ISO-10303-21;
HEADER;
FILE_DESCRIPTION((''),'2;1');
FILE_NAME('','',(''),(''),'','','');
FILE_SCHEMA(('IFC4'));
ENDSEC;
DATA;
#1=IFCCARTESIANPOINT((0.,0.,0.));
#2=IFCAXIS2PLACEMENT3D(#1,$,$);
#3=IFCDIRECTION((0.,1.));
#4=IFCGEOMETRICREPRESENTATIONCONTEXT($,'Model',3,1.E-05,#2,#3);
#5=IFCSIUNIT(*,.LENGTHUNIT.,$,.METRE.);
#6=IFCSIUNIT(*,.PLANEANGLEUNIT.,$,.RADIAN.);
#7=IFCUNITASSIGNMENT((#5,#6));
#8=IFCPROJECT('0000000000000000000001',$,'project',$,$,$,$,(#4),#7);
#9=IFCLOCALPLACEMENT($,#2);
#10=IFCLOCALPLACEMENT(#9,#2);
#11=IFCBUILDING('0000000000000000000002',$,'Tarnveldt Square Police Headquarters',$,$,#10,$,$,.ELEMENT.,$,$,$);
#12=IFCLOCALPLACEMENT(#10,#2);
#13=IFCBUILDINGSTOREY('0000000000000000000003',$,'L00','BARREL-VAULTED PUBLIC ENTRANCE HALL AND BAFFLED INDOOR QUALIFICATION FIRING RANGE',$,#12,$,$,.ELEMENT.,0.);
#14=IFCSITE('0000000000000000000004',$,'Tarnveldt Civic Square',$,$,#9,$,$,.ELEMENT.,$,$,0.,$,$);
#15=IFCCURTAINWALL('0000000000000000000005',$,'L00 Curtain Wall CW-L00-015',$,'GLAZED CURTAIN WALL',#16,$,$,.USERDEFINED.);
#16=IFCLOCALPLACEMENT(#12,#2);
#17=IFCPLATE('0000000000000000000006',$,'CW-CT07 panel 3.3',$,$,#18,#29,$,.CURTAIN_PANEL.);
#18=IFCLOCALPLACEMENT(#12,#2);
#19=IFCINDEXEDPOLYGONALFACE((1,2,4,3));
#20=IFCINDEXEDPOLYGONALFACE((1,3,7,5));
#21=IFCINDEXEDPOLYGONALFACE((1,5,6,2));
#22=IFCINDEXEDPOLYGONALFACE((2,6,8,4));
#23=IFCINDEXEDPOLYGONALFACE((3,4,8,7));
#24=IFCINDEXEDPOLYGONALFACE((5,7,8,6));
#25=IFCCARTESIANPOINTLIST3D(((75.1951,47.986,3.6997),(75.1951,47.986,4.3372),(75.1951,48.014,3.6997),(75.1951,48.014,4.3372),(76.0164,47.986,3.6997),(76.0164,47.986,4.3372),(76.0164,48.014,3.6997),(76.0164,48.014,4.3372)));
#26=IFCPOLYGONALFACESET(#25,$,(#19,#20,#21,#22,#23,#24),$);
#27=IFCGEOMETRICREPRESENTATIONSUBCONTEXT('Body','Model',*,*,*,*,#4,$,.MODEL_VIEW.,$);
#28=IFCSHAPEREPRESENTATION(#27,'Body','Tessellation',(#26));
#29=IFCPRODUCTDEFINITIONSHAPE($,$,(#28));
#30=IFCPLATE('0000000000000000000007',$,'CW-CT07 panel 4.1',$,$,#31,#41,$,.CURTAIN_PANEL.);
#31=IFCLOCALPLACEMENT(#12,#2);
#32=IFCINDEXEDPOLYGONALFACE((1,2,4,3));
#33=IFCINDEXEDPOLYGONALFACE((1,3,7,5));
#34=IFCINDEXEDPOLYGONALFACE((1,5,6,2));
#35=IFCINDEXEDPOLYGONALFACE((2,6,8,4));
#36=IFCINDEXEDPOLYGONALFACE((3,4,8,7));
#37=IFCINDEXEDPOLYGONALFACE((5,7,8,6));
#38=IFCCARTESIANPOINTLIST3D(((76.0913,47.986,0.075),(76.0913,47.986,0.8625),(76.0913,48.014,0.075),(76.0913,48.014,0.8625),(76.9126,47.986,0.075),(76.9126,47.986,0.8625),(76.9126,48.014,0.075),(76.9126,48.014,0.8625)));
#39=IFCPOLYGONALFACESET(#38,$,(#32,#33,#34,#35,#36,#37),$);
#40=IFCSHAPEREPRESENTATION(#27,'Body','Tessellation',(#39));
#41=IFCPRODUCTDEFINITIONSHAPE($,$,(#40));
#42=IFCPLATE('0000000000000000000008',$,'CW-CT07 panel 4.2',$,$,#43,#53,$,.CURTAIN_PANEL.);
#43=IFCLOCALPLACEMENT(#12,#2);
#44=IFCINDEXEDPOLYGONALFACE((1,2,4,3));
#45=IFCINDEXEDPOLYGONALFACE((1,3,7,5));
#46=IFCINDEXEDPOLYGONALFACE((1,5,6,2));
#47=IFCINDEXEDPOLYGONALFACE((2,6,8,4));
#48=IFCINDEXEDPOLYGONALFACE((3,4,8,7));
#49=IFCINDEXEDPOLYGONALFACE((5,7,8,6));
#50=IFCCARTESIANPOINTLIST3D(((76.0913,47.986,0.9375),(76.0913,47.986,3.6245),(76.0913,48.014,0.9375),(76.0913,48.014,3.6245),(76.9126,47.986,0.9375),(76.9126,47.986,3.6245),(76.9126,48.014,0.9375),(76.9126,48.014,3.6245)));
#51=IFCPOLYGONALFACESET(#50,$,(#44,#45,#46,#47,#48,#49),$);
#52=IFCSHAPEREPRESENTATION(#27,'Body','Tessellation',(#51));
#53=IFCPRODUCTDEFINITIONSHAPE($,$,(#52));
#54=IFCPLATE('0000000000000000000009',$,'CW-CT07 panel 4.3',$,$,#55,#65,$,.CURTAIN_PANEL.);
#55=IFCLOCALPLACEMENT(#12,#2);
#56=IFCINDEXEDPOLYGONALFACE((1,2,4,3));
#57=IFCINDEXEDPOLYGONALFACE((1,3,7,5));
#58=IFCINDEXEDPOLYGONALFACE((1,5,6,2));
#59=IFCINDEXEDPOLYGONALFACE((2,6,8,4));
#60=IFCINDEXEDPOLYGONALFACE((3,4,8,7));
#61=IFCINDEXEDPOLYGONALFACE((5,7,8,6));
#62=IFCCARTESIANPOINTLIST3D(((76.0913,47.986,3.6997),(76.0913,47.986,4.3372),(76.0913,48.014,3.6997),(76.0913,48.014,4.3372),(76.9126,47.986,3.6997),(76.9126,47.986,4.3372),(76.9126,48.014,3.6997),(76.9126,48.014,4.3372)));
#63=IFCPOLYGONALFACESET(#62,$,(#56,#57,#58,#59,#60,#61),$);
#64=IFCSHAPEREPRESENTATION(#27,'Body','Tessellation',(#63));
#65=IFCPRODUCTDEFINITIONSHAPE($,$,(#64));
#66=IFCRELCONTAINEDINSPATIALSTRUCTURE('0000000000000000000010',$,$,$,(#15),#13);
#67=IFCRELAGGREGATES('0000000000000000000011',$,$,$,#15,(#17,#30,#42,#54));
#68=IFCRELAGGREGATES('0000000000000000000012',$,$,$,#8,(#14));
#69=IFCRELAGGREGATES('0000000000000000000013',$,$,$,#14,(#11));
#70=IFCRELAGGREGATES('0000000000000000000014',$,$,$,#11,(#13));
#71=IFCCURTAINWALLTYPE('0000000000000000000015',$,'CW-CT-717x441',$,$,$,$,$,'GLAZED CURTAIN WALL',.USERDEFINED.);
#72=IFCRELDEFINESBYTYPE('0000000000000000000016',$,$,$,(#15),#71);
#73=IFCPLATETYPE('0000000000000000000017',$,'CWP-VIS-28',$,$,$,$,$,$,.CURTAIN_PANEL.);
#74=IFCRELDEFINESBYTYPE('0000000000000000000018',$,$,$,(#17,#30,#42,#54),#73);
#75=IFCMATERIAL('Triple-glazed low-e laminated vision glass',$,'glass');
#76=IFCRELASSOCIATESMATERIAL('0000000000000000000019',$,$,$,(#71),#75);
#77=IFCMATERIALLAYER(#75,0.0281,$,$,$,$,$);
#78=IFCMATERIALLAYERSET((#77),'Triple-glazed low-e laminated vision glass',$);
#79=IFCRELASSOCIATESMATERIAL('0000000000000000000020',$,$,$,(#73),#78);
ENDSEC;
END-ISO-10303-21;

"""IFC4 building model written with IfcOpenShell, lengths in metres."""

from ifc_helpers import new_model, si_unit, direction, frame, origin, origin_2d, place, context, subcontext, project, spatial, rectangle, extrude, material, layer, layer_set, type_object, element, aggregate, save


model = new_model("IFC4")

# Units and contexts
model_context = context("Model", 3, precision=1e-05, world=origin(), true_north=direction((0.0, 1.0)))
body_context = subcontext(model_context, "Body", "Model", "MODEL_VIEW")
ifc_project = project(units=[si_unit("LENGTHUNIT", "METRE"), si_unit("PLANEANGLEUNIT", "RADIAN")], contexts=[model_context])

# Site, building, storey
site_placement = place(None, origin())
site = spatial("IfcSite", under=ifc_project, at=site_placement, Name="Tarnveldt Civic Square", CompositionType="ELEMENT", RefElevation=0.0)
building_placement = place(site_placement, origin())
building = spatial("IfcBuilding", under=site, at=building_placement, Name="Tarnveldt Square Police Headquarters", CompositionType="ELEMENT")
storey_placement = place(building_placement, origin())
storey = spatial("IfcBuildingStorey", under=building, at=storey_placement, Name="L00", Description="BARREL-VAULTED PUBLIC ENTRANCE HALL AND BAFFLED INDOOR QUALIFICATION FIRING RANGE", CompositionType="ELEMENT", Elevation=0.0)

# Curtain wall, plates
ifc_material_1 = material(Name="Triple-glazed low-e laminated vision glass", Category="glass")
curtain_wall_type = type_object("IfcCurtainWallType", Name="CW-CT-717x441", ElementType="GLAZED CURTAIN WALL", PredefinedType="USERDEFINED", material=ifc_material_1)
curtain_wall_placement = place(storey_placement, origin())
curtain_wall = element("IfcCurtainWall", 1, at=curtain_wall_placement, inside=storey, type_object=curtain_wall_type, Name="L00 Curtain Wall CW-L00-015", ObjectType="GLAZED CURTAIN WALL", PredefinedType="USERDEFINED")
ifc_layer = layer(ifc_material_1, 0.0281)
ifc_layer_set = layer_set([ifc_layer], Name="Triple-glazed low-e laminated vision glass")
plate_type = type_object("IfcPlateType", Name="CWP-VIS-28", PredefinedType="CURTAIN_PANEL", material=ifc_layer_set)
plate_1_placement = place(storey_placement, frame((75.6057, 48.0, 3.6997), z_axis=(0.0, 0.0, 1.0), x_axis=(1.0, 0.0, 0.0)))
plate_1 = element("IfcPlate", 2, at=plate_1_placement, type_object=plate_type, Name="CW-CT07 panel 3.3", PredefinedType="CURTAIN_PANEL", context=body_context, shape_type="SweptSolid", body=[
    extrude(rectangle(XDim=0.8213, YDim=0.0281, at=origin_2d()), origin(), (0.0, 0.0, 1.0), 0.6375),
])
plate_2_placement = place(storey_placement, frame((76.502, 48.0, 0.075), z_axis=(0.0, 0.0, 1.0), x_axis=(1.0, 0.0, 0.0)))
plate_2 = element("IfcPlate", 3, at=plate_2_placement, type_object=plate_type, Name="CW-CT07 panel 4.1", PredefinedType="CURTAIN_PANEL", context=body_context, shape_type="SweptSolid", body=[
    extrude(rectangle(XDim=0.8213, YDim=0.0281, at=origin_2d()), origin(), (0.0, 0.0, 1.0), 0.7876),
])
plate_3_placement = place(storey_placement, frame((76.502, 48.0, 0.9375), z_axis=(0.0, 0.0, 1.0), x_axis=(1.0, 0.0, 0.0)))
plate_3 = element("IfcPlate", 4, at=plate_3_placement, type_object=plate_type, Name="CW-CT07 panel 4.2", PredefinedType="CURTAIN_PANEL", context=body_context, shape_type="SweptSolid", body=[
    extrude(rectangle(XDim=0.8213, YDim=0.0281, at=origin_2d()), origin(), (0.0, 0.0, 1.0), 2.687),
])
plate_4_placement = place(storey_placement, frame((76.502, 48.0, 3.6997), z_axis=(0.0, 0.0, 1.0), x_axis=(1.0, 0.0, 0.0)))
plate_4 = element("IfcPlate", 5, at=plate_4_placement, type_object=plate_type, Name="CW-CT07 panel 4.3", PredefinedType="CURTAIN_PANEL", context=body_context, shape_type="SweptSolid", body=[
    extrude(rectangle(XDim=0.8213, YDim=0.0281, at=origin_2d()), origin(), (0.0, 0.0, 1.0), 0.6375),
])
aggregate(curtain_wall, [plate_1, plate_2, plate_3, plate_4])

save(model, "model.ifc")
